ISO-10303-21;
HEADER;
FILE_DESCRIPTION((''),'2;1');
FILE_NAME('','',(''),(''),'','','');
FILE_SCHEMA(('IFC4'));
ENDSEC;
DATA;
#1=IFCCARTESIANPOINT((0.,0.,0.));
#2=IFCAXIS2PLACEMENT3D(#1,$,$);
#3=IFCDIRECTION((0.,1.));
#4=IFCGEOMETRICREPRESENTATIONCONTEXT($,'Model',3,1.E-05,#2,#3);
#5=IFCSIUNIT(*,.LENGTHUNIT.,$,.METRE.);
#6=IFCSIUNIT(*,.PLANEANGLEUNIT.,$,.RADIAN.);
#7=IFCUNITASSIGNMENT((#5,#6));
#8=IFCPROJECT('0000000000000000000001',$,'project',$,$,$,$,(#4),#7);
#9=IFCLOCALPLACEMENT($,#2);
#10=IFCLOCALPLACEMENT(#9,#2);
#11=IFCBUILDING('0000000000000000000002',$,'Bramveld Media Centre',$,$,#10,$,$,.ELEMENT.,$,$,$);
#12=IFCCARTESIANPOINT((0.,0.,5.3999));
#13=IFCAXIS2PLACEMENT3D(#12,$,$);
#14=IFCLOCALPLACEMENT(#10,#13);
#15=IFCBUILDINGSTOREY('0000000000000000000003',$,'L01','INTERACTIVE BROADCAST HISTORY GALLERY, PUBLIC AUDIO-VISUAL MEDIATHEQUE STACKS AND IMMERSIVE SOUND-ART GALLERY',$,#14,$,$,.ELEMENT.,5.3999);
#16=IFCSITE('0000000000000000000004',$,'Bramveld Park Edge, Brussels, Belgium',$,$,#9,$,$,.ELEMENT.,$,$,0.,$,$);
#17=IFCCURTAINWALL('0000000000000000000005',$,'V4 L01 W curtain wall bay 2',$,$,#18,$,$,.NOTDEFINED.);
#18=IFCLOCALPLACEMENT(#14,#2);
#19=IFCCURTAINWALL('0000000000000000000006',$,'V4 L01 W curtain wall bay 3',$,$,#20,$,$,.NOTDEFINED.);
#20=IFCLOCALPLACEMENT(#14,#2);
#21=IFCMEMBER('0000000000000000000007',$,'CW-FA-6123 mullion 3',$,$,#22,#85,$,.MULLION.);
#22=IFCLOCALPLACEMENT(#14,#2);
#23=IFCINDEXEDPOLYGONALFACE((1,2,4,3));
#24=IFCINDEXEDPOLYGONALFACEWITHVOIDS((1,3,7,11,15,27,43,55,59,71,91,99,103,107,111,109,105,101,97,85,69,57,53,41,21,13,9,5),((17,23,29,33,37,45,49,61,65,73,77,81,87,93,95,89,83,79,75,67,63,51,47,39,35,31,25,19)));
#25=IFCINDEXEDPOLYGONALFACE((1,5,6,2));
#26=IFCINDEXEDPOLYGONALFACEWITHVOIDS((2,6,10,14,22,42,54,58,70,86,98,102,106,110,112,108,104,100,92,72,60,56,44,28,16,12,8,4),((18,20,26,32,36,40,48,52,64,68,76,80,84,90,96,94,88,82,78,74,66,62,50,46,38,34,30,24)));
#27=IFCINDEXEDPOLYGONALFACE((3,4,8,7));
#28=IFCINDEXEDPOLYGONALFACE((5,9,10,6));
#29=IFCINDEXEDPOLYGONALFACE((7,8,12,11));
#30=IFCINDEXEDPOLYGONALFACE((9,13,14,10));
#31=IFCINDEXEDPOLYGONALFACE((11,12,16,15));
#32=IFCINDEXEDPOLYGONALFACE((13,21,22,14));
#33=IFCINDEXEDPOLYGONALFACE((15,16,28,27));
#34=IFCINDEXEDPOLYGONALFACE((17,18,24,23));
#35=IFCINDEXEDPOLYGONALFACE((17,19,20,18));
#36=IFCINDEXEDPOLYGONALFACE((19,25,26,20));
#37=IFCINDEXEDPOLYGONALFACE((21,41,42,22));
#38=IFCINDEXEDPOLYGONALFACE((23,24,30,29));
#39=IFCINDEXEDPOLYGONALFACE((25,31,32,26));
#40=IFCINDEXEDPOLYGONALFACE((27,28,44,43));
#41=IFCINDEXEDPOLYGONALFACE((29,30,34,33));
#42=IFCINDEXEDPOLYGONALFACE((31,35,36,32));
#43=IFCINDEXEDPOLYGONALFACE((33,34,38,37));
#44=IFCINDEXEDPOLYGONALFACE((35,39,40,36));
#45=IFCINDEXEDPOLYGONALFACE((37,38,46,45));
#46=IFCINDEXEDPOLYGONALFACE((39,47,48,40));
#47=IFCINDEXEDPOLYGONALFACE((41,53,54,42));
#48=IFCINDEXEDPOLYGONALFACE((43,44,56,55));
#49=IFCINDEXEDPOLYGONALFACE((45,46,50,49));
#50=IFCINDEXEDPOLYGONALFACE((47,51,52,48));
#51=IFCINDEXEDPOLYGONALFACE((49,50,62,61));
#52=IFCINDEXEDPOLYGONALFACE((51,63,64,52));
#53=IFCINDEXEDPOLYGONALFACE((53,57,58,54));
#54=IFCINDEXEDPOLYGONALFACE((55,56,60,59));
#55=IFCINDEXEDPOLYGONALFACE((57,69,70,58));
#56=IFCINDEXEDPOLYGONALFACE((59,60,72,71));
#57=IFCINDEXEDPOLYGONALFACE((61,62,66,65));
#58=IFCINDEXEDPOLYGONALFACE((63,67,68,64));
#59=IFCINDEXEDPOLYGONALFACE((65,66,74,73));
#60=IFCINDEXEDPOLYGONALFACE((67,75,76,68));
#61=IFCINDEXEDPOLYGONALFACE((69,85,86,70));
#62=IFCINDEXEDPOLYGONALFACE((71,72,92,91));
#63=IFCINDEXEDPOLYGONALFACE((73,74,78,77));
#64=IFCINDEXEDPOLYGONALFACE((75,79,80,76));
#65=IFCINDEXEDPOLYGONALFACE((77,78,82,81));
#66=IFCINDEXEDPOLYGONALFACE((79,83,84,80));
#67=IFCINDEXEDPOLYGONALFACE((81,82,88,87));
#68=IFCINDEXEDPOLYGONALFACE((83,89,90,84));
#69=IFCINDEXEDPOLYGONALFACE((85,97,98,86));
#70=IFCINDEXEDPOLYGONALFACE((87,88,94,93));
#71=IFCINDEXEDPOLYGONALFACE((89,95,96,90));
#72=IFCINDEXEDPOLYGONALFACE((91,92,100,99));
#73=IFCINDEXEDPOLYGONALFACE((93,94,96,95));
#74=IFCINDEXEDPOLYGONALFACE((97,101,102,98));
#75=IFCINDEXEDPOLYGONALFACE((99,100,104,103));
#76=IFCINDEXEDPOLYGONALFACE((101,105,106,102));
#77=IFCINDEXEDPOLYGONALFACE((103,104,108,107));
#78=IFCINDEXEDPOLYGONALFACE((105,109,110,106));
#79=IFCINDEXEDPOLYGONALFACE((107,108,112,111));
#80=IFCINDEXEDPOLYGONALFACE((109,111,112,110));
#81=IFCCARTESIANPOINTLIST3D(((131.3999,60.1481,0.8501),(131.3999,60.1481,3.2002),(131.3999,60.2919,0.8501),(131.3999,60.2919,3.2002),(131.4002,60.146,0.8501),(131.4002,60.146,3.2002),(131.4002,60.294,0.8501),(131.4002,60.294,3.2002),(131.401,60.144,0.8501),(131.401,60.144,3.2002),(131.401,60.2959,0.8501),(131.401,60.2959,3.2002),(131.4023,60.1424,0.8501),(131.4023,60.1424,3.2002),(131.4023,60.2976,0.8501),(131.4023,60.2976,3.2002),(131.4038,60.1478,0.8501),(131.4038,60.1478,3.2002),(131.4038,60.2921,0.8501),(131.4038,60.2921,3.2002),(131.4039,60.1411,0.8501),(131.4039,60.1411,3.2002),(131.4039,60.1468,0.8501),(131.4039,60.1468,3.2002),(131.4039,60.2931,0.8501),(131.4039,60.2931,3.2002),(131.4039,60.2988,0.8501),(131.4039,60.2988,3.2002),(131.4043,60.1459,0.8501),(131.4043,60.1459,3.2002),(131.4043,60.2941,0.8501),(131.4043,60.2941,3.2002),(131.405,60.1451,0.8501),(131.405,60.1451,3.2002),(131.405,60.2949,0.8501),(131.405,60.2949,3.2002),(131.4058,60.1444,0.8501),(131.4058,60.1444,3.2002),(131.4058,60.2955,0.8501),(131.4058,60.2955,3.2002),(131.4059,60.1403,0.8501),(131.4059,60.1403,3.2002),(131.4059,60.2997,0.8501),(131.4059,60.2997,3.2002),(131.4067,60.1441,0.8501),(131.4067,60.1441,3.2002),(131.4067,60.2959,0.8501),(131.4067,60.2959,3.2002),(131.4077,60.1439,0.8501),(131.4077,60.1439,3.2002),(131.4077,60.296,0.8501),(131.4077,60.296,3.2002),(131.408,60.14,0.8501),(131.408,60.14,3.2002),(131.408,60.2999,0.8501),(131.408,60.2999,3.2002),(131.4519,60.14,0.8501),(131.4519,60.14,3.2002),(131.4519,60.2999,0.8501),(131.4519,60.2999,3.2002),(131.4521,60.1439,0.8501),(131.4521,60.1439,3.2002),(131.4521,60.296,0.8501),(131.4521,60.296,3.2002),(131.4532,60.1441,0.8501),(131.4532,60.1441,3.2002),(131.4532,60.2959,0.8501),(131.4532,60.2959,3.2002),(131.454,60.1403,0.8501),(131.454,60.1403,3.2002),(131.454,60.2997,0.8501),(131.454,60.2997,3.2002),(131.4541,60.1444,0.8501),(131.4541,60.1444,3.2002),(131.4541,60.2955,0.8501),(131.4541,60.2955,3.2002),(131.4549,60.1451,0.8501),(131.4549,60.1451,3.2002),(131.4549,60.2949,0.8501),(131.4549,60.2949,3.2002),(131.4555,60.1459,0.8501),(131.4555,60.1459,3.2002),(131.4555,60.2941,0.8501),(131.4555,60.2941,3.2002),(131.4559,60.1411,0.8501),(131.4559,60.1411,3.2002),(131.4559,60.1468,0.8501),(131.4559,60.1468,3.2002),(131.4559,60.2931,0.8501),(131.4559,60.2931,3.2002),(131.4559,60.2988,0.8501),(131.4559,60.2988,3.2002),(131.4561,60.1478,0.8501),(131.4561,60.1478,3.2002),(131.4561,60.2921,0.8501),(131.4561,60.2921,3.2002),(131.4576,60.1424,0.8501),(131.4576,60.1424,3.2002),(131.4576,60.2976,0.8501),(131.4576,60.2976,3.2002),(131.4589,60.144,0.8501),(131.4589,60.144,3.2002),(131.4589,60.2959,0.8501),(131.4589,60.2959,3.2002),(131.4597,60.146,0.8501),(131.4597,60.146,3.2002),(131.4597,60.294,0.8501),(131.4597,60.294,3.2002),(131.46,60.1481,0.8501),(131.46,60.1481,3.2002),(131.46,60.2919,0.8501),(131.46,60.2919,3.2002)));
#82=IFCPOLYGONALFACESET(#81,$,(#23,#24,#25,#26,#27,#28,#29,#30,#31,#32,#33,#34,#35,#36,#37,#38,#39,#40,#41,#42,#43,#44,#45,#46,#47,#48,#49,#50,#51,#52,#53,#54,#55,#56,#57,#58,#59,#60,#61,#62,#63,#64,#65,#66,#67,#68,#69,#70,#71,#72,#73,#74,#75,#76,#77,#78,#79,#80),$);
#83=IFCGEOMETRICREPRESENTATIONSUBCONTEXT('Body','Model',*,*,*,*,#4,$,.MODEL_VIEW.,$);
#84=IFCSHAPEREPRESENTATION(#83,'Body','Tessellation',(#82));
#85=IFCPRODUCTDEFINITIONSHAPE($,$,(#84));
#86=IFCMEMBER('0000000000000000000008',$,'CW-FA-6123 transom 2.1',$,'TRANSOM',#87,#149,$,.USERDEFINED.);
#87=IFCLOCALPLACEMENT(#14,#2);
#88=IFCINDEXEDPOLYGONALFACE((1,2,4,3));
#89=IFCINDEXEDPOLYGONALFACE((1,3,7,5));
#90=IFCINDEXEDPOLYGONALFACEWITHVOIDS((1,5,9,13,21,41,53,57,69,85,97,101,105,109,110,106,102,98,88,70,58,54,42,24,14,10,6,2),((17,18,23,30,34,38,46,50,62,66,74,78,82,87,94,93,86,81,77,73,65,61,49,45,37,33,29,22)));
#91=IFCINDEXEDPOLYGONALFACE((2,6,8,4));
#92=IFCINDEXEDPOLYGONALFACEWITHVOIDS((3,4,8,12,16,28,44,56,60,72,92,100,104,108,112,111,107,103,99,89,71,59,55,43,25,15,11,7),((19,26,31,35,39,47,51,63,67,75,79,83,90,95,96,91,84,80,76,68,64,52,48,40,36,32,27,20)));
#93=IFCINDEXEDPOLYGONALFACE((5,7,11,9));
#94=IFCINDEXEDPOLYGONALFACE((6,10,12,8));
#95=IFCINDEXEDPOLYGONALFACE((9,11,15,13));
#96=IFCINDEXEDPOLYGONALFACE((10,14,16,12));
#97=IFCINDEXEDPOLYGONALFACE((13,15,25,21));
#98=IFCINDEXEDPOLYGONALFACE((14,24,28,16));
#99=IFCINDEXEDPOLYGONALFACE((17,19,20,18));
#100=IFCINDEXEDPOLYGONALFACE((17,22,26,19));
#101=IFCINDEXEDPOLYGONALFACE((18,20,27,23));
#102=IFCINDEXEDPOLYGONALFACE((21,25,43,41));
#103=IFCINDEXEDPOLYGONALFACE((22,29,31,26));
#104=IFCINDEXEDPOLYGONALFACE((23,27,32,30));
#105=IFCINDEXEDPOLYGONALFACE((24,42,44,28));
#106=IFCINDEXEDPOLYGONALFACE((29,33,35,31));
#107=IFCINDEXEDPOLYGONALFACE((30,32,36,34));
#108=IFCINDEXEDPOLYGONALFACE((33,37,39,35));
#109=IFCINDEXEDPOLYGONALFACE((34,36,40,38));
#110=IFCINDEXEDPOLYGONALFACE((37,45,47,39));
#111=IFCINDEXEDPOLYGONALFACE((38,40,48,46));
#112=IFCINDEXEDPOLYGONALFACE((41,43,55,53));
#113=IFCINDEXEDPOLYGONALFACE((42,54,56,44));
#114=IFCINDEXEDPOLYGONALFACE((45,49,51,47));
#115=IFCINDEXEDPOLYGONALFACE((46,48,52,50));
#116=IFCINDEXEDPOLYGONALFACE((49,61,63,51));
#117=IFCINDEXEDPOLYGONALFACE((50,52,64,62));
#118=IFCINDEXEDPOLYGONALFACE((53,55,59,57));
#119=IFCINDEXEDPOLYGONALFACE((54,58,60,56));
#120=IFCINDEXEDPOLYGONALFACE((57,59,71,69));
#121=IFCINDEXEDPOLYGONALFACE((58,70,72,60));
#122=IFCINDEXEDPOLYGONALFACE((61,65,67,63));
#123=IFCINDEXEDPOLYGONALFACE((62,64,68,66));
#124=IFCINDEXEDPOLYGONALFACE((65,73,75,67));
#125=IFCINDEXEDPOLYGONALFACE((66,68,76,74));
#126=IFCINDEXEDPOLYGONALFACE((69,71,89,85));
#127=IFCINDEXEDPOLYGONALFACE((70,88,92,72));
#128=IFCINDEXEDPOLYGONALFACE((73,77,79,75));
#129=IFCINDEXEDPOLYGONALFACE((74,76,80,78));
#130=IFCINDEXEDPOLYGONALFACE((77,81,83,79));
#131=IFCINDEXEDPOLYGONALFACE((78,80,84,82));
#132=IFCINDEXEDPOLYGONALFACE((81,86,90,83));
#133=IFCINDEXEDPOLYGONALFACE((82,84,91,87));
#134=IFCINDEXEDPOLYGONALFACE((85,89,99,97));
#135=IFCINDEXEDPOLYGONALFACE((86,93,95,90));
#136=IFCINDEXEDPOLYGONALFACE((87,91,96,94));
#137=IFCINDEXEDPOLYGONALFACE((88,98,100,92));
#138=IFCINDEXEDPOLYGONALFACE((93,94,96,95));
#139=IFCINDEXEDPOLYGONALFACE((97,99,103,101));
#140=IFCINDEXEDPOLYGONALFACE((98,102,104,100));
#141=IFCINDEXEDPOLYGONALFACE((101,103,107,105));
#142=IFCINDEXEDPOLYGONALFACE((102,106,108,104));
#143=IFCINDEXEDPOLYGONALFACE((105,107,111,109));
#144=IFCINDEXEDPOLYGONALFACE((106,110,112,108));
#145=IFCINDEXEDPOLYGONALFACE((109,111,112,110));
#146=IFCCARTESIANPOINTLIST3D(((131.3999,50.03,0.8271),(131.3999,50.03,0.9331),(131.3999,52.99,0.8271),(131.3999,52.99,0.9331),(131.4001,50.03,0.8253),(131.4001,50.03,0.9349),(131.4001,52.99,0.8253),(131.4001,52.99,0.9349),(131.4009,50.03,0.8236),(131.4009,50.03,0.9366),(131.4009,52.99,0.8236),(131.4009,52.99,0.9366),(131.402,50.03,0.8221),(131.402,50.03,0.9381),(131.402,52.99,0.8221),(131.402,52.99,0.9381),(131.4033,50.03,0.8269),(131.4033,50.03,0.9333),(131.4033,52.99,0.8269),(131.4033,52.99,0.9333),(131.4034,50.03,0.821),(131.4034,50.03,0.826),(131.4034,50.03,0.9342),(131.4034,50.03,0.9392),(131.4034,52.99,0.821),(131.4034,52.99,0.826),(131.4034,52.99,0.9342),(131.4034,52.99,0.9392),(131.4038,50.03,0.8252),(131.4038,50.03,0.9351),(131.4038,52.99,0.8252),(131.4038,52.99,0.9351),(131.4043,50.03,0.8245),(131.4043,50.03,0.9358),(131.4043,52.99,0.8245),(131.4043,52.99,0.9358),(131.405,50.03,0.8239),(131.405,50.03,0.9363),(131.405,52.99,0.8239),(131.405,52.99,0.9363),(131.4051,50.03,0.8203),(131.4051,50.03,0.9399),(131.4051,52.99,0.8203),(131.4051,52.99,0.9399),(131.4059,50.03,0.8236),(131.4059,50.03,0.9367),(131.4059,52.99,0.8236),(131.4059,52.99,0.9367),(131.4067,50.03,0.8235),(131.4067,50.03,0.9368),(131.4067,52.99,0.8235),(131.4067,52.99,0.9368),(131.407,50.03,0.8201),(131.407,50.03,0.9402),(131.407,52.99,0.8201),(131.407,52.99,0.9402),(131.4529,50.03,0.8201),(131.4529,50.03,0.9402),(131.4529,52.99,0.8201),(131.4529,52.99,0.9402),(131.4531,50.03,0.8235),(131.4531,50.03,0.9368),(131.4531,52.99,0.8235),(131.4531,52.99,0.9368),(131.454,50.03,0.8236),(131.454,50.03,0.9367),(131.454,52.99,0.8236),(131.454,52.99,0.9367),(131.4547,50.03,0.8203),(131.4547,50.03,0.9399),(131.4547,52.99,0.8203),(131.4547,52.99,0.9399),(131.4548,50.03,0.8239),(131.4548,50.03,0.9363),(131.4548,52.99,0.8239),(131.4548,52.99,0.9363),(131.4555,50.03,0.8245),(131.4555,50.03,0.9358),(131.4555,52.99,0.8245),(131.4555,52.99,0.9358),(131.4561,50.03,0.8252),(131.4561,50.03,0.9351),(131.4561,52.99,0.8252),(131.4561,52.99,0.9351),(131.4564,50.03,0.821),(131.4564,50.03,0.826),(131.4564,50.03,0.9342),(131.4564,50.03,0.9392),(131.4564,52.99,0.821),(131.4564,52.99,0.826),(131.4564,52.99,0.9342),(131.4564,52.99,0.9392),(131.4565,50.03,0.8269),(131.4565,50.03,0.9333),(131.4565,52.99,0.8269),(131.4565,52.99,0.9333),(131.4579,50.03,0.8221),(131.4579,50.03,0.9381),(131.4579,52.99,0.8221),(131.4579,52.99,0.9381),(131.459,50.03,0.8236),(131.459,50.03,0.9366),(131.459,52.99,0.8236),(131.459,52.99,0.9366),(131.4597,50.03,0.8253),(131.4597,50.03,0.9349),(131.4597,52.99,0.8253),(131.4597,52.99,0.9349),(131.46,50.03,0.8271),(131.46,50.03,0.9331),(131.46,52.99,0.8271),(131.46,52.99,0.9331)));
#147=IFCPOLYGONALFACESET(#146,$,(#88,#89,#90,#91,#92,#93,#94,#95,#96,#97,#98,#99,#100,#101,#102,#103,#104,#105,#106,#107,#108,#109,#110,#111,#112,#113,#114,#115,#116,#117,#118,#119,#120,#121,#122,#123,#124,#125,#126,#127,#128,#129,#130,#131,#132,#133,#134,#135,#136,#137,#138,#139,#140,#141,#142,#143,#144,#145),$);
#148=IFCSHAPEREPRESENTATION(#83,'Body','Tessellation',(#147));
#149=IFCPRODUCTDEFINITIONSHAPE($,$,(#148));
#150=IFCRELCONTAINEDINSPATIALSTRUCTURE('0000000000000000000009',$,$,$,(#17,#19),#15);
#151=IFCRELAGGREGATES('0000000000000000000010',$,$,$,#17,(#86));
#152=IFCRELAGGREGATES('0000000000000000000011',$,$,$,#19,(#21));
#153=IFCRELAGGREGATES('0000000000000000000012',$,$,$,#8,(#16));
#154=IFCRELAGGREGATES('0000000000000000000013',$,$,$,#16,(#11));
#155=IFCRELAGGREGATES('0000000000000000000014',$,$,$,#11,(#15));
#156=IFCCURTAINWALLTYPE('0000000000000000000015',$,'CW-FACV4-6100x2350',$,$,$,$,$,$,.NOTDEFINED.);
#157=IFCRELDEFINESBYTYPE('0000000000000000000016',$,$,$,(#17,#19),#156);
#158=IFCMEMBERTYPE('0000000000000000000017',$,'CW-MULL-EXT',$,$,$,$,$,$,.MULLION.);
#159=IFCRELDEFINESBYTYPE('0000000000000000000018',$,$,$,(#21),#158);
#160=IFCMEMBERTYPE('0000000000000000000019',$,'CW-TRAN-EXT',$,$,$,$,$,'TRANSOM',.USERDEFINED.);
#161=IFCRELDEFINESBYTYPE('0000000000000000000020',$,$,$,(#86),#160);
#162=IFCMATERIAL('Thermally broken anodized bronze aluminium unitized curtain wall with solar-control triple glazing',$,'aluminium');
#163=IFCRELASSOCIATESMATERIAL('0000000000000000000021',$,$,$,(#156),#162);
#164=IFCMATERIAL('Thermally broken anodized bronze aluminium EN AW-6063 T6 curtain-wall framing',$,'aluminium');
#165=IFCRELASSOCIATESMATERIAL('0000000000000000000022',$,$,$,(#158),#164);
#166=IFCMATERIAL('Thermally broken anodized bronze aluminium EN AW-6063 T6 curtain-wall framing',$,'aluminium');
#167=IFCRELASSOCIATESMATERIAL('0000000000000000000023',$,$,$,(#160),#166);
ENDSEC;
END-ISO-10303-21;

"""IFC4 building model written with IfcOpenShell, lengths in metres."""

from ifc_helpers import new_model, si_unit, direction, frame, origin, origin_2d, place, context, subcontext, project, spatial, hollow_rectangle, extrude, material, material_profile, profile_set, type_object, element, aggregate, save


model = new_model("IFC4")

# Units and contexts
model_context = context("Model", 3, precision=1e-05, world=origin(), true_north=direction((0.0, 1.0)))
body_context = subcontext(model_context, "Body", "Model", "MODEL_VIEW")
ifc_project = project(units=[si_unit("LENGTHUNIT", "METRE"), si_unit("PLANEANGLEUNIT", "RADIAN")], contexts=[model_context])

# Site, building, storey
site_placement = place(None, origin())
site = spatial("IfcSite", under=ifc_project, at=site_placement, Name="Bramveld Park Edge, Brussels, Belgium", CompositionType="ELEMENT", RefElevation=0.0)
building_placement = place(site_placement, origin())
building = spatial("IfcBuilding", under=site, at=building_placement, Name="Bramveld Media Centre", CompositionType="ELEMENT")
storey_placement = place(building_placement, frame((0.0, 0.0, 5.3999)))
storey = spatial("IfcBuildingStorey", under=building, at=storey_placement, Name="L01", Description="INTERACTIVE BROADCAST HISTORY GALLERY, PUBLIC AUDIO-VISUAL MEDIATHEQUE STACKS AND IMMERSIVE SOUND-ART GALLERY", CompositionType="ELEMENT", Elevation=5.3999)

# Curtain walls, member
ifc_material_1 = material(Name="Thermally broken anodized bronze aluminium unitized curtain wall with solar-control triple glazing", Category="aluminium")
curtain_wall_type = type_object("IfcCurtainWallType", Name="CW-FACV4-6100x2350", PredefinedType="NOTDEFINED", material=ifc_material_1)
curtain_wall_1_placement = place(storey_placement, origin())
curtain_wall_1 = element("IfcCurtainWall", 1, at=curtain_wall_1_placement, inside=storey, type_object=curtain_wall_type, Name="V4 L01 W curtain wall bay 2", PredefinedType="NOTDEFINED")
ifc_material_2 = material(Name="Thermally broken anodized bronze aluminium EN AW-6063 T6 curtain-wall framing", Category="aluminium")
ifc_material_profile_1 = material_profile(ifc_material_2, hollow_rectangle(XDim=0.0601, YDim=0.1599, WallThickness=0.0039, InnerFilletRadius=0.0039, OuterFilletRadius=0.0081, at=origin_2d()), Name="AL-MULL 60x160")
ifc_profile_set_1 = profile_set([ifc_material_profile_1], Name="Thermally broken anodized bronze aluminium EN AW-6063 T6 curtain-wall framing")
member_type_1 = type_object("IfcMemberType", Name="CW-MULL-EXT", PredefinedType="MULLION", material=ifc_profile_set_1)
curtain_wall_2_placement = place(storey_placement, origin())
curtain_wall_2 = element("IfcCurtainWall", 2, at=curtain_wall_2_placement, inside=storey, type_object=curtain_wall_type, Name="V4 L01 W curtain wall bay 3", PredefinedType="NOTDEFINED")
member_1_placement = place(storey_placement, frame((131.4299, 60.22, 0.8501), z_axis=(0.0, 0.0, 1.0), x_axis=(-1.0, 0.0, 0.0)))
member_1 = element("IfcMember", 3, at=member_1_placement, type_object=member_type_1, Name="CW-FA-6123 mullion 3", PredefinedType="MULLION", context=body_context, shape_type="SweptSolid", body=[
    extrude(hollow_rectangle(XDim=0.0601, YDim=0.1599, WallThickness=0.0039, InnerFilletRadius=0.0039, OuterFilletRadius=0.0081, at=origin_2d()), origin(), (0.0, 0.0, 1.0), 2.3501),
])

# Member
ifc_material_3 = material(Name="Thermally broken anodized bronze aluminium EN AW-6063 T6 curtain-wall framing", Category="aluminium")
ifc_material_profile_2 = material_profile(ifc_material_3, hollow_rectangle(XDim=0.0601, YDim=0.1201, WallThickness=0.0034, InnerFilletRadius=0.0034, OuterFilletRadius=0.0071, at=origin_2d()), Name="AL-TRAN 60x120")
ifc_profile_set_2 = profile_set([ifc_material_profile_2], Name="Thermally broken anodized bronze aluminium EN AW-6063 T6 curtain-wall framing")
member_type_2 = type_object("IfcMemberType", Name="CW-TRAN-EXT", ElementType="TRANSOM", PredefinedType="USERDEFINED", material=ifc_profile_set_2)
member_2_placement = place(storey_placement, frame((131.4299, 50.03, 0.8801), z_axis=(0.0, 1.0, 0.0), x_axis=(-1.0, 0.0, 0.0)))
member_2 = element("IfcMember", 4, at=member_2_placement, type_object=member_type_2, Name="CW-FA-6123 transom 2.1", ObjectType="TRANSOM", PredefinedType="USERDEFINED", context=body_context, shape_type="SweptSolid", body=[
    extrude(hollow_rectangle(XDim=0.0601, YDim=0.1201, WallThickness=0.0034, InnerFilletRadius=0.0034, OuterFilletRadius=0.0071, at=origin_2d()), origin(), (0.0, 0.0, 1.0), 2.96),
])

aggregate(curtain_wall_1, [member_2])
aggregate(curtain_wall_2, [member_1])

save(model, "model.ifc")
